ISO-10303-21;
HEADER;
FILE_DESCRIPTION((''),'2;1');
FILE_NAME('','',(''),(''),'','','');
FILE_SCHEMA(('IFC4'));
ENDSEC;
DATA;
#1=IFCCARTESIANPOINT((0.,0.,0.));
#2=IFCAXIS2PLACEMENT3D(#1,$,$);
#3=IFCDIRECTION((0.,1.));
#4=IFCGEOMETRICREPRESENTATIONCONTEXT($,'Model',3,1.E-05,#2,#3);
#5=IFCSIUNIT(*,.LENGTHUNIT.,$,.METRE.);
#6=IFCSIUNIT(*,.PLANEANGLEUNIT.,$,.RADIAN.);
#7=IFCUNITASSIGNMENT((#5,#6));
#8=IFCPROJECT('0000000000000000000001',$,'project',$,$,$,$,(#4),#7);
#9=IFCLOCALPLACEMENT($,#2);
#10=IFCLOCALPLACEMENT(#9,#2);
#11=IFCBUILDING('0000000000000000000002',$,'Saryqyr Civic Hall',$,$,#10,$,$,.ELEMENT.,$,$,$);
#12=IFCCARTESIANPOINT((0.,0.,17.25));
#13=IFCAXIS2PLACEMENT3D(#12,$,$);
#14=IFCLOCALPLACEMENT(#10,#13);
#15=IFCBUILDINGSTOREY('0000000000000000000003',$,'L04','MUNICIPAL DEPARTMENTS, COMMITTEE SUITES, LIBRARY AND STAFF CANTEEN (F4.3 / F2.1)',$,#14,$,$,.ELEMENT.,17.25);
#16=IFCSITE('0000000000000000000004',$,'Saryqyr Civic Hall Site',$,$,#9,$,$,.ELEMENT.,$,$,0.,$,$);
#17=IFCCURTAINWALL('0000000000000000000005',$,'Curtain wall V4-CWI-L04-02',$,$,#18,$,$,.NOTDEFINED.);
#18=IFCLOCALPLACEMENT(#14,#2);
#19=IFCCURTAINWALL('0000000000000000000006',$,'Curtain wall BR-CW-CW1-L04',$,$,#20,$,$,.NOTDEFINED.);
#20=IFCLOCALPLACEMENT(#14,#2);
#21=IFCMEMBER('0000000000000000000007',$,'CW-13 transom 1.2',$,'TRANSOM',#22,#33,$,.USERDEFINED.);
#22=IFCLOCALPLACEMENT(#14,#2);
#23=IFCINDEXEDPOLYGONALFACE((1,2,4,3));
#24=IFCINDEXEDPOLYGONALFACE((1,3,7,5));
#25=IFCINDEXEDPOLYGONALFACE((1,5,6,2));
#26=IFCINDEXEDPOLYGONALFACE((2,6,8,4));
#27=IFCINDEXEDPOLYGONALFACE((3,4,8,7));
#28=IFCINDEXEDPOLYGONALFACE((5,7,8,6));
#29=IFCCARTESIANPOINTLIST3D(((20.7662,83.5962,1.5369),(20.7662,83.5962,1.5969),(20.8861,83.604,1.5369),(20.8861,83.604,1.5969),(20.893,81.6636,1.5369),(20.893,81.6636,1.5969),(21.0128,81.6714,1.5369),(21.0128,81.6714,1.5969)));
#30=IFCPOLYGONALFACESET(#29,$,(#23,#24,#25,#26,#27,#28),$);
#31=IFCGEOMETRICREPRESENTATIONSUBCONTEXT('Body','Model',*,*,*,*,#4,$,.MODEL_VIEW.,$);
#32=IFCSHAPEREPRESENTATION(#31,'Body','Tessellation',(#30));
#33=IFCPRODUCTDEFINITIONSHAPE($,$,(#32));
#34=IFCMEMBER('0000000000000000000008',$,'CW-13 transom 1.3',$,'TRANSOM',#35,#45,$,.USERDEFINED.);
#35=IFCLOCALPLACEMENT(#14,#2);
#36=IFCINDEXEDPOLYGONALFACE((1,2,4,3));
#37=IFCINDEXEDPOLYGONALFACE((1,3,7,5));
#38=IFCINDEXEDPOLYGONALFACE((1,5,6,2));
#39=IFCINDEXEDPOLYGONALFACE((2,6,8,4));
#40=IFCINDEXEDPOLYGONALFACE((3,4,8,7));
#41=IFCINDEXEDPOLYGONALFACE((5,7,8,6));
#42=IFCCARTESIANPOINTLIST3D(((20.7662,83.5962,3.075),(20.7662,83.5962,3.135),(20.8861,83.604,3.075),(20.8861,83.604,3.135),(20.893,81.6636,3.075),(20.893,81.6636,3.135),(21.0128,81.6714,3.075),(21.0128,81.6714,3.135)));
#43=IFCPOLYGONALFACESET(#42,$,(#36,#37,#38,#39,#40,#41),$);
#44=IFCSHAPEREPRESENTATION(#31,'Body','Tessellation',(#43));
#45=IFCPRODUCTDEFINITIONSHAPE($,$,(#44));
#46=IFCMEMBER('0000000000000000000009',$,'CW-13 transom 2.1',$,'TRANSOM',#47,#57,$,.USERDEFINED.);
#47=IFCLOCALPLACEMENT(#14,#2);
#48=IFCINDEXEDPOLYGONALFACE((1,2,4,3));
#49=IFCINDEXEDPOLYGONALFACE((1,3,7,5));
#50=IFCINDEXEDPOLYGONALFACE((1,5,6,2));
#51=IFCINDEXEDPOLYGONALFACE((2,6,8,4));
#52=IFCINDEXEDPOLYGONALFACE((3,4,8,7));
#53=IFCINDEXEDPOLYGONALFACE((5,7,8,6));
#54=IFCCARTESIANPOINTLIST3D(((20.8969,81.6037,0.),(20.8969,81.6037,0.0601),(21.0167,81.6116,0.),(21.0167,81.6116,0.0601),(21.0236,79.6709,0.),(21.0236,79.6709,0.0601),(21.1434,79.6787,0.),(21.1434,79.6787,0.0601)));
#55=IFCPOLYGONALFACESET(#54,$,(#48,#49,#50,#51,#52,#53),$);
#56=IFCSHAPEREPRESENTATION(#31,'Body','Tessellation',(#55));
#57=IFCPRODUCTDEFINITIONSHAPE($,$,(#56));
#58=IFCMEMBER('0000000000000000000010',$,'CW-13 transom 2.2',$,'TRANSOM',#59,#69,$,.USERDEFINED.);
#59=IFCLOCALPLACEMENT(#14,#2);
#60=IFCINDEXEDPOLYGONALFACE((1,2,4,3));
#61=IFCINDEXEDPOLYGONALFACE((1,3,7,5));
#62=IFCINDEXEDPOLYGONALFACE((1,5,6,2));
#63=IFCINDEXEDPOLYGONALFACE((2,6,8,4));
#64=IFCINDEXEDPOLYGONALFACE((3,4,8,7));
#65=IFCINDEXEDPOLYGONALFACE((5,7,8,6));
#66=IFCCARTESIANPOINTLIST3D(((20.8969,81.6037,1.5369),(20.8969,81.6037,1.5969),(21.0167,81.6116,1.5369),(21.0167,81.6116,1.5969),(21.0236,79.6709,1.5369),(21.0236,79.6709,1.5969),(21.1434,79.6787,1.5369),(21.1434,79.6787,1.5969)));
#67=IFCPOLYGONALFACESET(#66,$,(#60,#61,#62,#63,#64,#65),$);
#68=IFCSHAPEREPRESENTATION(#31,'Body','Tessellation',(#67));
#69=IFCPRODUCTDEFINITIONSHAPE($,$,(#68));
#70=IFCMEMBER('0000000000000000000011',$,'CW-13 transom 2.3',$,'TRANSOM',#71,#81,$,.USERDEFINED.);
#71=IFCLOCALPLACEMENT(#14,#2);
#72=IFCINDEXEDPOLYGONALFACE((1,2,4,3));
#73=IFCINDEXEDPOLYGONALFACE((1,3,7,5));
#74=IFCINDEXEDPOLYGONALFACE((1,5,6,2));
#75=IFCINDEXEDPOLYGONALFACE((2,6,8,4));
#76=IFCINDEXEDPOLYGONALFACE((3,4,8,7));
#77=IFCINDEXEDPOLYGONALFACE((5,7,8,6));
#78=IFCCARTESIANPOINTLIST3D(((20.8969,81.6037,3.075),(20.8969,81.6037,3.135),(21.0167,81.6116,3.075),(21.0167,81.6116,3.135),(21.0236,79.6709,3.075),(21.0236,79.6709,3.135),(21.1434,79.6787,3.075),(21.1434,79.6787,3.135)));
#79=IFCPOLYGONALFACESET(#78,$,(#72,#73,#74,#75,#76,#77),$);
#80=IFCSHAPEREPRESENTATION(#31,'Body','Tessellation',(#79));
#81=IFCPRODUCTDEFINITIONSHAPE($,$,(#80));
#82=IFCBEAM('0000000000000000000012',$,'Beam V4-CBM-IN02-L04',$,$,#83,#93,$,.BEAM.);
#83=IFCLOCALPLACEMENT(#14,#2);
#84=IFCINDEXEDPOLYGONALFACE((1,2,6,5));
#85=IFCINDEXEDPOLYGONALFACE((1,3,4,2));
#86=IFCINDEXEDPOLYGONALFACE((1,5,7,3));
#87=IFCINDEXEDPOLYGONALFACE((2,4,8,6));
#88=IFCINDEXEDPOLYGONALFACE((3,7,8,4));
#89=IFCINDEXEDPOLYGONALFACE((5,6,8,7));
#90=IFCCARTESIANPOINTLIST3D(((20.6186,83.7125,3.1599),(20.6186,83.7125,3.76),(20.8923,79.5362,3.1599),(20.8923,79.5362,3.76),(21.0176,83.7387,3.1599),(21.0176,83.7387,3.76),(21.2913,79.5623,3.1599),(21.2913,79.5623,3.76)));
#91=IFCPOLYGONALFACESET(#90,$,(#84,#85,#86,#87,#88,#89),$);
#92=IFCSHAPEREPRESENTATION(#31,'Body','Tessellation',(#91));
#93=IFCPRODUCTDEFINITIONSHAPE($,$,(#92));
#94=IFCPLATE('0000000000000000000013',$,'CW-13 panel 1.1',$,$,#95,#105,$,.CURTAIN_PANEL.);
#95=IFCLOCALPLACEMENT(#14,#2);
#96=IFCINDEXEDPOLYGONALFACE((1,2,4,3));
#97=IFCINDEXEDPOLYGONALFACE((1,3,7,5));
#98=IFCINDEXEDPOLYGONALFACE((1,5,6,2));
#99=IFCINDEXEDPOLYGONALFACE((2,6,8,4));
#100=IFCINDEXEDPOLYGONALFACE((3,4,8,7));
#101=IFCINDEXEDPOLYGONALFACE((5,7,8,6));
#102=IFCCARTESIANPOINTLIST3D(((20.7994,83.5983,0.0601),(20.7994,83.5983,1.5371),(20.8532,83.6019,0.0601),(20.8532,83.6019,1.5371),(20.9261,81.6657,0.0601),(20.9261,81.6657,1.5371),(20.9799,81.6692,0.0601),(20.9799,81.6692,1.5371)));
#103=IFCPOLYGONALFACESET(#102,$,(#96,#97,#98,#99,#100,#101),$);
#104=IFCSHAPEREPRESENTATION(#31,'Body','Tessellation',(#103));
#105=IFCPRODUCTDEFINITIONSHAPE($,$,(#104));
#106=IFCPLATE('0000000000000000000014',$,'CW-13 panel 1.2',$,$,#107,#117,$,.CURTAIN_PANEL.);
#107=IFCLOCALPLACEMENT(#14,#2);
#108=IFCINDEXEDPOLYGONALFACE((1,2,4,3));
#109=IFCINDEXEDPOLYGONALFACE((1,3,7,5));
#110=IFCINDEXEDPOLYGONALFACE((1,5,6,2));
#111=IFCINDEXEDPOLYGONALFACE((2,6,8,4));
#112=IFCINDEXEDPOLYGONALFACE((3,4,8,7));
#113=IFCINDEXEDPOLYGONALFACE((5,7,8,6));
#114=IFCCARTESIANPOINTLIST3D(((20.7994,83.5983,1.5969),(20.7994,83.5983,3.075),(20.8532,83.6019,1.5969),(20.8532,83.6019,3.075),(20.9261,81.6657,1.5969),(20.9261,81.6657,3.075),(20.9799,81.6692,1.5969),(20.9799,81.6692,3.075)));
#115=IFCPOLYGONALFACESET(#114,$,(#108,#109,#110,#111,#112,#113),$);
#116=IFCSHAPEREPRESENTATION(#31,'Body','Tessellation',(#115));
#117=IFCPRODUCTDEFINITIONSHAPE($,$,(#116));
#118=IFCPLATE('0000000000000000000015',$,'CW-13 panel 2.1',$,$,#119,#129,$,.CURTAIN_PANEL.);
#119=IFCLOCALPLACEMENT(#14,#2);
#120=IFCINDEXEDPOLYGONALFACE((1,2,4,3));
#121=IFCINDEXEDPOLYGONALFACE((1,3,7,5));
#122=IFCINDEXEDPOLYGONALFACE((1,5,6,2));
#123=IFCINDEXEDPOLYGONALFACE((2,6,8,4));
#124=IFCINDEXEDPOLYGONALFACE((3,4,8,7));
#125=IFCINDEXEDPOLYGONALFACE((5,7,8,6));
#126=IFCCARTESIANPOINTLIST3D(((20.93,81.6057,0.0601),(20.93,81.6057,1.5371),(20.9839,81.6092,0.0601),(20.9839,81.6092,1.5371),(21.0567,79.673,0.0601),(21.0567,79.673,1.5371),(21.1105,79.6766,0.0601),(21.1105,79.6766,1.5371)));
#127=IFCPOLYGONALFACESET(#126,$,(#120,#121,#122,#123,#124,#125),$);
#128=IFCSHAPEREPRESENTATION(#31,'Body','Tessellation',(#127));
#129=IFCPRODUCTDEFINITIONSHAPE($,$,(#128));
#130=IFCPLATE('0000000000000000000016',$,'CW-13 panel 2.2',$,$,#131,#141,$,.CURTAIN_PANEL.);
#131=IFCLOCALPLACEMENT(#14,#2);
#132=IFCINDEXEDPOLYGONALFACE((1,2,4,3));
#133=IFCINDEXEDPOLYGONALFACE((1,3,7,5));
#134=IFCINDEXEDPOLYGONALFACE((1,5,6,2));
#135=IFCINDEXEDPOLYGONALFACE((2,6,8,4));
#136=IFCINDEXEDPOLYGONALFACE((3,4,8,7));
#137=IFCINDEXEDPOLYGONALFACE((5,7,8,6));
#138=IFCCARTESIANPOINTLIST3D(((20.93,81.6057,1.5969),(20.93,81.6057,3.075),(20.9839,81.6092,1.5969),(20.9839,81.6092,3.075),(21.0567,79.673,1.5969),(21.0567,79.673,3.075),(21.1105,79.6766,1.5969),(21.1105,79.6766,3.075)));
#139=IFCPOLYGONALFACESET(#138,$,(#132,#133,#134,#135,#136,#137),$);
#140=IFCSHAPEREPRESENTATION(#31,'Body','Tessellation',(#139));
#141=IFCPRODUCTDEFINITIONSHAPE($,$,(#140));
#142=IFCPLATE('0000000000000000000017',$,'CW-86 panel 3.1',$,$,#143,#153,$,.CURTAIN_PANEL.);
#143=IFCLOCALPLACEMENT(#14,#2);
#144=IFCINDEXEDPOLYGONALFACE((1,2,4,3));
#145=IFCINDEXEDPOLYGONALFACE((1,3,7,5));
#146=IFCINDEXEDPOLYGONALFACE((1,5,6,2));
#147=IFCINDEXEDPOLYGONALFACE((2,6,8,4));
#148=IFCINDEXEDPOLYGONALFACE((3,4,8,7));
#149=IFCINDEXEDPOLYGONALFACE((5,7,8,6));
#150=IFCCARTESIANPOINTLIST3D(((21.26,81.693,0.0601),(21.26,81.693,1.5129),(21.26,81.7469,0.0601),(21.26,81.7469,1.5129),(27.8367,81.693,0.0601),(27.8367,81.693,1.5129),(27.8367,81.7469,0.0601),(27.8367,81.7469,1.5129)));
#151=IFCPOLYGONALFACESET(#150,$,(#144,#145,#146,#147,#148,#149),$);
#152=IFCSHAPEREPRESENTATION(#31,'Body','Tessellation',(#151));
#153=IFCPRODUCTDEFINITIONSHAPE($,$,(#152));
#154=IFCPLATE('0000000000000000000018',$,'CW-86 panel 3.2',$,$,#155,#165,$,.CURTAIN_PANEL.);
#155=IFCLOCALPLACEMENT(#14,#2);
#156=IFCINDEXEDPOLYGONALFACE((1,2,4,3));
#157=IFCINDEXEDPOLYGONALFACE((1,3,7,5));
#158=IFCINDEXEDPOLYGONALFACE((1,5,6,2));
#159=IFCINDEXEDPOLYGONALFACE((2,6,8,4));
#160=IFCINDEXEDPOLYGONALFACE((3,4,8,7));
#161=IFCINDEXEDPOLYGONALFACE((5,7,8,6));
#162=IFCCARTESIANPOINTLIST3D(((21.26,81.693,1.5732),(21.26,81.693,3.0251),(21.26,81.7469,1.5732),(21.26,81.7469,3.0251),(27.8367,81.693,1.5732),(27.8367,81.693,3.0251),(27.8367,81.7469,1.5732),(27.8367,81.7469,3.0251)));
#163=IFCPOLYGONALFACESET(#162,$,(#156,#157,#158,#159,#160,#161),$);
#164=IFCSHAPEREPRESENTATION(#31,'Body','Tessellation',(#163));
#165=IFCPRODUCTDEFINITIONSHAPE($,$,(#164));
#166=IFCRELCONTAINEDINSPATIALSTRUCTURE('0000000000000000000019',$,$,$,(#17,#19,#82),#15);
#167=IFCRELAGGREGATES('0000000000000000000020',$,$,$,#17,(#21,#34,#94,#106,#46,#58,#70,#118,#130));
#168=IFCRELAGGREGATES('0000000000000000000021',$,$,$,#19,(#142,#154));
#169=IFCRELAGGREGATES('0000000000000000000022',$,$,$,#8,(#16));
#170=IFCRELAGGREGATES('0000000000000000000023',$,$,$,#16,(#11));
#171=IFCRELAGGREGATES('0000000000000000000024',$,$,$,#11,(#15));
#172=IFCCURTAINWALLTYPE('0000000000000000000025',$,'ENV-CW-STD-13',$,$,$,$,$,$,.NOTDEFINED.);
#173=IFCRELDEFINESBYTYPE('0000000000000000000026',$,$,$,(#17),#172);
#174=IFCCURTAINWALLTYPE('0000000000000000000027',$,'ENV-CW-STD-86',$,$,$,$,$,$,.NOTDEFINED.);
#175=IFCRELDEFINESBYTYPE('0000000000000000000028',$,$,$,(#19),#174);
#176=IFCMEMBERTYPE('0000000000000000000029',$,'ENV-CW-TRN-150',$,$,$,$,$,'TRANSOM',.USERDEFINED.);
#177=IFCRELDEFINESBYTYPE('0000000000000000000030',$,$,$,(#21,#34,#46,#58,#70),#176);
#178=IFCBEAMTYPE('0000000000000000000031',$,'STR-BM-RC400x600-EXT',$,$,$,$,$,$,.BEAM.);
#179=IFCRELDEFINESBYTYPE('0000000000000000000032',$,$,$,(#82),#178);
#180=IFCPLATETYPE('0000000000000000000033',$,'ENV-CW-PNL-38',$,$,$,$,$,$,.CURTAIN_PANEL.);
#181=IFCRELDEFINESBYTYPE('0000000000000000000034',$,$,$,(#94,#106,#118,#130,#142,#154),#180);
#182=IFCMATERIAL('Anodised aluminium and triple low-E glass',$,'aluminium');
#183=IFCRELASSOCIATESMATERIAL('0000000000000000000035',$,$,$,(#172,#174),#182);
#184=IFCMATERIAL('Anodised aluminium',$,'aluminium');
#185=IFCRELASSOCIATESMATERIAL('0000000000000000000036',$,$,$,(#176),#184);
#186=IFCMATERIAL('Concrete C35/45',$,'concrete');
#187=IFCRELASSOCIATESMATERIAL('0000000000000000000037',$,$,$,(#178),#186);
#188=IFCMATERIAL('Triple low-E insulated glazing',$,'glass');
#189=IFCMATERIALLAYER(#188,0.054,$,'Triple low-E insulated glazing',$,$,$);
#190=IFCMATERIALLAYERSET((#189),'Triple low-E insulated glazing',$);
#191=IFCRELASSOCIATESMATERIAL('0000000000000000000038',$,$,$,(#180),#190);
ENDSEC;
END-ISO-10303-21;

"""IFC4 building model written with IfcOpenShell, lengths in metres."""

from ifc_helpers import new_model, si_unit, direction, frame, origin, origin_2d, place, context, subcontext, project, spatial, rectangle, extrude, material, layer, layer_set, material_profile, profile_set, type_object, element, aggregate, save


model = new_model("IFC4")

# Units and contexts
model_context = context("Model", 3, precision=1e-05, world=origin(), true_north=direction((0.0, 1.0)))
body_context = subcontext(model_context, "Body", "Model", "MODEL_VIEW")
ifc_project = project(units=[si_unit("LENGTHUNIT", "METRE"), si_unit("PLANEANGLEUNIT", "RADIAN")], contexts=[model_context])

# Site, building, storey
site_placement = place(None, origin())
site = spatial("IfcSite", under=ifc_project, at=site_placement, Name="Saryqyr Civic Hall Site", CompositionType="ELEMENT", RefElevation=0.0)
building_placement = place(site_placement, origin())
building = spatial("IfcBuilding", under=site, at=building_placement, Name="Saryqyr Civic Hall", CompositionType="ELEMENT")
storey_placement = place(building_placement, frame((0.0, 0.0, 17.25)))
storey = spatial("IfcBuildingStorey", under=building, at=storey_placement, Name="L04", Description="MUNICIPAL DEPARTMENTS, COMMITTEE SUITES, LIBRARY AND STAFF CANTEEN (F4.3 / F2.1)", CompositionType="ELEMENT", Elevation=17.25)

# Curtain wall
ifc_material_1 = material(Name="Anodised aluminium and triple low-E glass", Category="aluminium")
curtain_wall_type_1 = type_object("IfcCurtainWallType", Name="ENV-CW-STD-13", PredefinedType="NOTDEFINED", material=ifc_material_1)
curtain_wall_1_placement = place(storey_placement, origin())
curtain_wall_1 = element("IfcCurtainWall", 1, at=curtain_wall_1_placement, inside=storey, type_object=curtain_wall_type_1, Name="Curtain wall V4-CWI-L04-02", PredefinedType="NOTDEFINED")
ifc_material_2 = material(Name="Anodised aluminium", Category="aluminium")

# Curtain wall
curtain_wall_type_2 = type_object("IfcCurtainWallType", Name="ENV-CW-STD-86", PredefinedType="NOTDEFINED", material=ifc_material_1)
curtain_wall_2_placement = place(storey_placement, origin())
curtain_wall_2 = element("IfcCurtainWall", 2, at=curtain_wall_2_placement, inside=storey, type_object=curtain_wall_type_2, Name="Curtain wall BR-CW-CW1-L04", PredefinedType="NOTDEFINED")

# Members
ifc_material_profile_1 = material_profile(ifc_material_2, rectangle(XDim=0.1201, YDim=0.0601, at=origin_2d()), Name="ALU TRANSOM 120x60")
ifc_profile_set_1 = profile_set([ifc_material_profile_1], Name="Anodised aluminium")
member_type_1 = type_object("IfcMemberType", Name="ENV-CW-TRN-150", ElementType="TRANSOM", PredefinedType="USERDEFINED", material=ifc_profile_set_1)
member_1_placement = place(storey_placement, frame((20.8262, 83.6001, 1.5669), z_axis=(0.065423, -0.997858, 0.0), x_axis=(0.997858, 0.065423, 0.0)))
member_1 = element("IfcMember", 3, at=member_1_placement, type_object=member_type_1, Name="CW-13 transom 1.2", ObjectType="TRANSOM", PredefinedType="USERDEFINED", context=body_context, shape_type="SweptSolid", body=[
    extrude(rectangle(XDim=0.1201, YDim=0.0601, at=origin_2d()), origin(), (0.0, 0.0, 1.0), 1.9368),
])
member_2_placement = place(storey_placement, frame((20.8262, 83.6001, 3.105), z_axis=(0.065423, -0.997858, 0.0), x_axis=(0.997858, 0.065423, 0.0)))
member_2 = element("IfcMember", 4, at=member_2_placement, type_object=member_type_1, Name="CW-13 transom 1.3", ObjectType="TRANSOM", PredefinedType="USERDEFINED", context=body_context, shape_type="SweptSolid", body=[
    extrude(rectangle(XDim=0.1201, YDim=0.0601, at=origin_2d()), origin(), (0.0, 0.0, 1.0), 1.9368),
])
member_3_placement = place(storey_placement, frame((20.9568, 81.6077, 0.03), z_axis=(0.065415, -0.997858, 0.0), x_axis=(0.997858, 0.065415, 0.0)))
member_3 = element("IfcMember", 5, at=member_3_placement, type_object=member_type_1, Name="CW-13 transom 2.1", ObjectType="TRANSOM", PredefinedType="USERDEFINED", context=body_context, shape_type="SweptSolid", body=[
    extrude(rectangle(XDim=0.1201, YDim=0.0601, at=origin_2d()), origin(), (0.0, 0.0, 1.0), 1.937),
])
member_4_placement = place(storey_placement, frame((20.9568, 81.6077, 1.5669), z_axis=(0.065415, -0.997858, 0.0), x_axis=(0.997858, 0.065415, 0.0)))
member_4 = element("IfcMember", 6, at=member_4_placement, type_object=member_type_1, Name="CW-13 transom 2.2", ObjectType="TRANSOM", PredefinedType="USERDEFINED", context=body_context, shape_type="SweptSolid", body=[
    extrude(rectangle(XDim=0.1201, YDim=0.0601, at=origin_2d()), origin(), (0.0, 0.0, 1.0), 1.937),
])
member_5_placement = place(storey_placement, frame((20.9568, 81.6077, 3.105), z_axis=(0.065415, -0.997858, 0.0), x_axis=(0.997858, 0.065415, 0.0)))
member_5 = element("IfcMember", 7, at=member_5_placement, type_object=member_type_1, Name="CW-13 transom 2.3", ObjectType="TRANSOM", PredefinedType="USERDEFINED", context=body_context, shape_type="SweptSolid", body=[
    extrude(rectangle(XDim=0.1201, YDim=0.0601, at=origin_2d()), origin(), (0.0, 0.0, 1.0), 1.937),
])

# Beam
ifc_material_3 = material(Name="Concrete C35/45", Category="concrete")
ifc_material_profile_2 = material_profile(ifc_material_3, rectangle(XDim=0.3999, YDim=0.6001, at=origin_2d()), Name="RC 400x600")
ifc_profile_set_2 = profile_set([ifc_material_profile_2], Name="Concrete C35/45")
beam_type = type_object("IfcBeamType", Name="STR-BM-RC400x600-EXT", PredefinedType="BEAM", material=ifc_profile_set_2)
beam_placement = place(storey_placement, frame((20.8181, 83.7256, 3.46), z_axis=(0.065392, -0.99786, 0.0), x_axis=(0.99786, 0.065392, 0.0)))
element("IfcBeam", 8, at=beam_placement, inside=storey, type_object=beam_type, Name="Beam V4-CBM-IN02-L04", PredefinedType="BEAM", context=body_context, shape_type="SweptSolid", body=[
    extrude(rectangle(XDim=0.3999, YDim=0.6001, at=origin_2d()), origin(), (0.0, 0.0, 1.0), 4.1853),
])

# Plates
ifc_material_4 = material(Name="Triple low-E insulated glazing", Category="glass")
ifc_layer_1 = layer(ifc_material_4, 0.054, Name="Triple low-E insulated glazing")
ifc_layer_set_1 = layer_set([ifc_layer_1], Name="Triple low-E insulated glazing")
plate_type = type_object("IfcPlateType", Name="ENV-CW-PNL-38", PredefinedType="CURTAIN_PANEL", material=ifc_layer_set_1)
plate_1_placement = place(storey_placement, frame((20.8896, 82.6338, 0.0601), z_axis=(0.0, 0.0, 1.0), x_axis=(0.065397, -0.997859, 0.0)))
plate_1 = element("IfcPlate", 9, at=plate_1_placement, type_object=plate_type, Name="CW-13 panel 1.1", PredefinedType="CURTAIN_PANEL", context=body_context, shape_type="SweptSolid", body=[
    extrude(rectangle(XDim=1.9368, YDim=0.054, at=origin_2d()), origin(), (0.0, 0.0, 1.0), 1.4771),
])
plate_2_placement = place(storey_placement, frame((20.8896, 82.6338, 1.5969), z_axis=(0.0, 0.0, 1.0), x_axis=(0.065397, -0.997859, 0.0)))
plate_2 = element("IfcPlate", 10, at=plate_2_placement, type_object=plate_type, Name="CW-13 panel 1.2", PredefinedType="CURTAIN_PANEL", context=body_context, shape_type="SweptSolid", body=[
    extrude(rectangle(XDim=1.9368, YDim=0.054, at=origin_2d()), origin(), (0.0, 0.0, 1.0), 1.478),
])
plate_3_placement = place(storey_placement, frame((21.0203, 80.6411, 0.0601), z_axis=(0.0, 0.0, 1.0), x_axis=(0.065397, -0.997859, 0.0)))
plate_3 = element("IfcPlate", 11, at=plate_3_placement, type_object=plate_type, Name="CW-13 panel 2.1", PredefinedType="CURTAIN_PANEL", context=body_context, shape_type="SweptSolid", body=[
    extrude(rectangle(XDim=1.9368, YDim=0.054, at=origin_2d()), origin(), (0.0, 0.0, 1.0), 1.4771),
])
plate_4_placement = place(storey_placement, frame((21.0203, 80.6411, 1.5969), z_axis=(0.0, 0.0, 1.0), x_axis=(0.065397, -0.997859, 0.0)))
plate_4 = element("IfcPlate", 12, at=plate_4_placement, type_object=plate_type, Name="CW-13 panel 2.2", PredefinedType="CURTAIN_PANEL", context=body_context, shape_type="SweptSolid", body=[
    extrude(rectangle(XDim=1.9368, YDim=0.054, at=origin_2d()), origin(), (0.0, 0.0, 1.0), 1.478),
])
aggregate(curtain_wall_1, [member_1, member_2, plate_1, plate_2, member_3, member_4, member_5, plate_3, plate_4])
plate_5_placement = place(storey_placement, frame((24.5483, 81.72, 0.0601), z_axis=(0.0, 0.0, 1.0), x_axis=(-1.0, 0.0, 0.0)))
plate_5 = element("IfcPlate", 13, at=plate_5_placement, type_object=plate_type, Name="CW-86 panel 3.1", PredefinedType="CURTAIN_PANEL", context=body_context, shape_type="SweptSolid", body=[
    extrude(rectangle(XDim=6.5767, YDim=0.054, at=origin_2d()), origin(), (0.0, 0.0, 1.0), 1.4529),
])
plate_6_placement = place(storey_placement, frame((24.5483, 81.72, 1.5732), z_axis=(0.0, 0.0, 1.0), x_axis=(-1.0, 0.0, 0.0)))
plate_6 = element("IfcPlate", 14, at=plate_6_placement, type_object=plate_type, Name="CW-86 panel 3.2", PredefinedType="CURTAIN_PANEL", context=body_context, shape_type="SweptSolid", body=[
    extrude(rectangle(XDim=6.5767, YDim=0.054, at=origin_2d()), origin(), (0.0, 0.0, 1.0), 1.4519),
])
aggregate(curtain_wall_2, [plate_5, plate_6])

save(model, "model.ifc")
